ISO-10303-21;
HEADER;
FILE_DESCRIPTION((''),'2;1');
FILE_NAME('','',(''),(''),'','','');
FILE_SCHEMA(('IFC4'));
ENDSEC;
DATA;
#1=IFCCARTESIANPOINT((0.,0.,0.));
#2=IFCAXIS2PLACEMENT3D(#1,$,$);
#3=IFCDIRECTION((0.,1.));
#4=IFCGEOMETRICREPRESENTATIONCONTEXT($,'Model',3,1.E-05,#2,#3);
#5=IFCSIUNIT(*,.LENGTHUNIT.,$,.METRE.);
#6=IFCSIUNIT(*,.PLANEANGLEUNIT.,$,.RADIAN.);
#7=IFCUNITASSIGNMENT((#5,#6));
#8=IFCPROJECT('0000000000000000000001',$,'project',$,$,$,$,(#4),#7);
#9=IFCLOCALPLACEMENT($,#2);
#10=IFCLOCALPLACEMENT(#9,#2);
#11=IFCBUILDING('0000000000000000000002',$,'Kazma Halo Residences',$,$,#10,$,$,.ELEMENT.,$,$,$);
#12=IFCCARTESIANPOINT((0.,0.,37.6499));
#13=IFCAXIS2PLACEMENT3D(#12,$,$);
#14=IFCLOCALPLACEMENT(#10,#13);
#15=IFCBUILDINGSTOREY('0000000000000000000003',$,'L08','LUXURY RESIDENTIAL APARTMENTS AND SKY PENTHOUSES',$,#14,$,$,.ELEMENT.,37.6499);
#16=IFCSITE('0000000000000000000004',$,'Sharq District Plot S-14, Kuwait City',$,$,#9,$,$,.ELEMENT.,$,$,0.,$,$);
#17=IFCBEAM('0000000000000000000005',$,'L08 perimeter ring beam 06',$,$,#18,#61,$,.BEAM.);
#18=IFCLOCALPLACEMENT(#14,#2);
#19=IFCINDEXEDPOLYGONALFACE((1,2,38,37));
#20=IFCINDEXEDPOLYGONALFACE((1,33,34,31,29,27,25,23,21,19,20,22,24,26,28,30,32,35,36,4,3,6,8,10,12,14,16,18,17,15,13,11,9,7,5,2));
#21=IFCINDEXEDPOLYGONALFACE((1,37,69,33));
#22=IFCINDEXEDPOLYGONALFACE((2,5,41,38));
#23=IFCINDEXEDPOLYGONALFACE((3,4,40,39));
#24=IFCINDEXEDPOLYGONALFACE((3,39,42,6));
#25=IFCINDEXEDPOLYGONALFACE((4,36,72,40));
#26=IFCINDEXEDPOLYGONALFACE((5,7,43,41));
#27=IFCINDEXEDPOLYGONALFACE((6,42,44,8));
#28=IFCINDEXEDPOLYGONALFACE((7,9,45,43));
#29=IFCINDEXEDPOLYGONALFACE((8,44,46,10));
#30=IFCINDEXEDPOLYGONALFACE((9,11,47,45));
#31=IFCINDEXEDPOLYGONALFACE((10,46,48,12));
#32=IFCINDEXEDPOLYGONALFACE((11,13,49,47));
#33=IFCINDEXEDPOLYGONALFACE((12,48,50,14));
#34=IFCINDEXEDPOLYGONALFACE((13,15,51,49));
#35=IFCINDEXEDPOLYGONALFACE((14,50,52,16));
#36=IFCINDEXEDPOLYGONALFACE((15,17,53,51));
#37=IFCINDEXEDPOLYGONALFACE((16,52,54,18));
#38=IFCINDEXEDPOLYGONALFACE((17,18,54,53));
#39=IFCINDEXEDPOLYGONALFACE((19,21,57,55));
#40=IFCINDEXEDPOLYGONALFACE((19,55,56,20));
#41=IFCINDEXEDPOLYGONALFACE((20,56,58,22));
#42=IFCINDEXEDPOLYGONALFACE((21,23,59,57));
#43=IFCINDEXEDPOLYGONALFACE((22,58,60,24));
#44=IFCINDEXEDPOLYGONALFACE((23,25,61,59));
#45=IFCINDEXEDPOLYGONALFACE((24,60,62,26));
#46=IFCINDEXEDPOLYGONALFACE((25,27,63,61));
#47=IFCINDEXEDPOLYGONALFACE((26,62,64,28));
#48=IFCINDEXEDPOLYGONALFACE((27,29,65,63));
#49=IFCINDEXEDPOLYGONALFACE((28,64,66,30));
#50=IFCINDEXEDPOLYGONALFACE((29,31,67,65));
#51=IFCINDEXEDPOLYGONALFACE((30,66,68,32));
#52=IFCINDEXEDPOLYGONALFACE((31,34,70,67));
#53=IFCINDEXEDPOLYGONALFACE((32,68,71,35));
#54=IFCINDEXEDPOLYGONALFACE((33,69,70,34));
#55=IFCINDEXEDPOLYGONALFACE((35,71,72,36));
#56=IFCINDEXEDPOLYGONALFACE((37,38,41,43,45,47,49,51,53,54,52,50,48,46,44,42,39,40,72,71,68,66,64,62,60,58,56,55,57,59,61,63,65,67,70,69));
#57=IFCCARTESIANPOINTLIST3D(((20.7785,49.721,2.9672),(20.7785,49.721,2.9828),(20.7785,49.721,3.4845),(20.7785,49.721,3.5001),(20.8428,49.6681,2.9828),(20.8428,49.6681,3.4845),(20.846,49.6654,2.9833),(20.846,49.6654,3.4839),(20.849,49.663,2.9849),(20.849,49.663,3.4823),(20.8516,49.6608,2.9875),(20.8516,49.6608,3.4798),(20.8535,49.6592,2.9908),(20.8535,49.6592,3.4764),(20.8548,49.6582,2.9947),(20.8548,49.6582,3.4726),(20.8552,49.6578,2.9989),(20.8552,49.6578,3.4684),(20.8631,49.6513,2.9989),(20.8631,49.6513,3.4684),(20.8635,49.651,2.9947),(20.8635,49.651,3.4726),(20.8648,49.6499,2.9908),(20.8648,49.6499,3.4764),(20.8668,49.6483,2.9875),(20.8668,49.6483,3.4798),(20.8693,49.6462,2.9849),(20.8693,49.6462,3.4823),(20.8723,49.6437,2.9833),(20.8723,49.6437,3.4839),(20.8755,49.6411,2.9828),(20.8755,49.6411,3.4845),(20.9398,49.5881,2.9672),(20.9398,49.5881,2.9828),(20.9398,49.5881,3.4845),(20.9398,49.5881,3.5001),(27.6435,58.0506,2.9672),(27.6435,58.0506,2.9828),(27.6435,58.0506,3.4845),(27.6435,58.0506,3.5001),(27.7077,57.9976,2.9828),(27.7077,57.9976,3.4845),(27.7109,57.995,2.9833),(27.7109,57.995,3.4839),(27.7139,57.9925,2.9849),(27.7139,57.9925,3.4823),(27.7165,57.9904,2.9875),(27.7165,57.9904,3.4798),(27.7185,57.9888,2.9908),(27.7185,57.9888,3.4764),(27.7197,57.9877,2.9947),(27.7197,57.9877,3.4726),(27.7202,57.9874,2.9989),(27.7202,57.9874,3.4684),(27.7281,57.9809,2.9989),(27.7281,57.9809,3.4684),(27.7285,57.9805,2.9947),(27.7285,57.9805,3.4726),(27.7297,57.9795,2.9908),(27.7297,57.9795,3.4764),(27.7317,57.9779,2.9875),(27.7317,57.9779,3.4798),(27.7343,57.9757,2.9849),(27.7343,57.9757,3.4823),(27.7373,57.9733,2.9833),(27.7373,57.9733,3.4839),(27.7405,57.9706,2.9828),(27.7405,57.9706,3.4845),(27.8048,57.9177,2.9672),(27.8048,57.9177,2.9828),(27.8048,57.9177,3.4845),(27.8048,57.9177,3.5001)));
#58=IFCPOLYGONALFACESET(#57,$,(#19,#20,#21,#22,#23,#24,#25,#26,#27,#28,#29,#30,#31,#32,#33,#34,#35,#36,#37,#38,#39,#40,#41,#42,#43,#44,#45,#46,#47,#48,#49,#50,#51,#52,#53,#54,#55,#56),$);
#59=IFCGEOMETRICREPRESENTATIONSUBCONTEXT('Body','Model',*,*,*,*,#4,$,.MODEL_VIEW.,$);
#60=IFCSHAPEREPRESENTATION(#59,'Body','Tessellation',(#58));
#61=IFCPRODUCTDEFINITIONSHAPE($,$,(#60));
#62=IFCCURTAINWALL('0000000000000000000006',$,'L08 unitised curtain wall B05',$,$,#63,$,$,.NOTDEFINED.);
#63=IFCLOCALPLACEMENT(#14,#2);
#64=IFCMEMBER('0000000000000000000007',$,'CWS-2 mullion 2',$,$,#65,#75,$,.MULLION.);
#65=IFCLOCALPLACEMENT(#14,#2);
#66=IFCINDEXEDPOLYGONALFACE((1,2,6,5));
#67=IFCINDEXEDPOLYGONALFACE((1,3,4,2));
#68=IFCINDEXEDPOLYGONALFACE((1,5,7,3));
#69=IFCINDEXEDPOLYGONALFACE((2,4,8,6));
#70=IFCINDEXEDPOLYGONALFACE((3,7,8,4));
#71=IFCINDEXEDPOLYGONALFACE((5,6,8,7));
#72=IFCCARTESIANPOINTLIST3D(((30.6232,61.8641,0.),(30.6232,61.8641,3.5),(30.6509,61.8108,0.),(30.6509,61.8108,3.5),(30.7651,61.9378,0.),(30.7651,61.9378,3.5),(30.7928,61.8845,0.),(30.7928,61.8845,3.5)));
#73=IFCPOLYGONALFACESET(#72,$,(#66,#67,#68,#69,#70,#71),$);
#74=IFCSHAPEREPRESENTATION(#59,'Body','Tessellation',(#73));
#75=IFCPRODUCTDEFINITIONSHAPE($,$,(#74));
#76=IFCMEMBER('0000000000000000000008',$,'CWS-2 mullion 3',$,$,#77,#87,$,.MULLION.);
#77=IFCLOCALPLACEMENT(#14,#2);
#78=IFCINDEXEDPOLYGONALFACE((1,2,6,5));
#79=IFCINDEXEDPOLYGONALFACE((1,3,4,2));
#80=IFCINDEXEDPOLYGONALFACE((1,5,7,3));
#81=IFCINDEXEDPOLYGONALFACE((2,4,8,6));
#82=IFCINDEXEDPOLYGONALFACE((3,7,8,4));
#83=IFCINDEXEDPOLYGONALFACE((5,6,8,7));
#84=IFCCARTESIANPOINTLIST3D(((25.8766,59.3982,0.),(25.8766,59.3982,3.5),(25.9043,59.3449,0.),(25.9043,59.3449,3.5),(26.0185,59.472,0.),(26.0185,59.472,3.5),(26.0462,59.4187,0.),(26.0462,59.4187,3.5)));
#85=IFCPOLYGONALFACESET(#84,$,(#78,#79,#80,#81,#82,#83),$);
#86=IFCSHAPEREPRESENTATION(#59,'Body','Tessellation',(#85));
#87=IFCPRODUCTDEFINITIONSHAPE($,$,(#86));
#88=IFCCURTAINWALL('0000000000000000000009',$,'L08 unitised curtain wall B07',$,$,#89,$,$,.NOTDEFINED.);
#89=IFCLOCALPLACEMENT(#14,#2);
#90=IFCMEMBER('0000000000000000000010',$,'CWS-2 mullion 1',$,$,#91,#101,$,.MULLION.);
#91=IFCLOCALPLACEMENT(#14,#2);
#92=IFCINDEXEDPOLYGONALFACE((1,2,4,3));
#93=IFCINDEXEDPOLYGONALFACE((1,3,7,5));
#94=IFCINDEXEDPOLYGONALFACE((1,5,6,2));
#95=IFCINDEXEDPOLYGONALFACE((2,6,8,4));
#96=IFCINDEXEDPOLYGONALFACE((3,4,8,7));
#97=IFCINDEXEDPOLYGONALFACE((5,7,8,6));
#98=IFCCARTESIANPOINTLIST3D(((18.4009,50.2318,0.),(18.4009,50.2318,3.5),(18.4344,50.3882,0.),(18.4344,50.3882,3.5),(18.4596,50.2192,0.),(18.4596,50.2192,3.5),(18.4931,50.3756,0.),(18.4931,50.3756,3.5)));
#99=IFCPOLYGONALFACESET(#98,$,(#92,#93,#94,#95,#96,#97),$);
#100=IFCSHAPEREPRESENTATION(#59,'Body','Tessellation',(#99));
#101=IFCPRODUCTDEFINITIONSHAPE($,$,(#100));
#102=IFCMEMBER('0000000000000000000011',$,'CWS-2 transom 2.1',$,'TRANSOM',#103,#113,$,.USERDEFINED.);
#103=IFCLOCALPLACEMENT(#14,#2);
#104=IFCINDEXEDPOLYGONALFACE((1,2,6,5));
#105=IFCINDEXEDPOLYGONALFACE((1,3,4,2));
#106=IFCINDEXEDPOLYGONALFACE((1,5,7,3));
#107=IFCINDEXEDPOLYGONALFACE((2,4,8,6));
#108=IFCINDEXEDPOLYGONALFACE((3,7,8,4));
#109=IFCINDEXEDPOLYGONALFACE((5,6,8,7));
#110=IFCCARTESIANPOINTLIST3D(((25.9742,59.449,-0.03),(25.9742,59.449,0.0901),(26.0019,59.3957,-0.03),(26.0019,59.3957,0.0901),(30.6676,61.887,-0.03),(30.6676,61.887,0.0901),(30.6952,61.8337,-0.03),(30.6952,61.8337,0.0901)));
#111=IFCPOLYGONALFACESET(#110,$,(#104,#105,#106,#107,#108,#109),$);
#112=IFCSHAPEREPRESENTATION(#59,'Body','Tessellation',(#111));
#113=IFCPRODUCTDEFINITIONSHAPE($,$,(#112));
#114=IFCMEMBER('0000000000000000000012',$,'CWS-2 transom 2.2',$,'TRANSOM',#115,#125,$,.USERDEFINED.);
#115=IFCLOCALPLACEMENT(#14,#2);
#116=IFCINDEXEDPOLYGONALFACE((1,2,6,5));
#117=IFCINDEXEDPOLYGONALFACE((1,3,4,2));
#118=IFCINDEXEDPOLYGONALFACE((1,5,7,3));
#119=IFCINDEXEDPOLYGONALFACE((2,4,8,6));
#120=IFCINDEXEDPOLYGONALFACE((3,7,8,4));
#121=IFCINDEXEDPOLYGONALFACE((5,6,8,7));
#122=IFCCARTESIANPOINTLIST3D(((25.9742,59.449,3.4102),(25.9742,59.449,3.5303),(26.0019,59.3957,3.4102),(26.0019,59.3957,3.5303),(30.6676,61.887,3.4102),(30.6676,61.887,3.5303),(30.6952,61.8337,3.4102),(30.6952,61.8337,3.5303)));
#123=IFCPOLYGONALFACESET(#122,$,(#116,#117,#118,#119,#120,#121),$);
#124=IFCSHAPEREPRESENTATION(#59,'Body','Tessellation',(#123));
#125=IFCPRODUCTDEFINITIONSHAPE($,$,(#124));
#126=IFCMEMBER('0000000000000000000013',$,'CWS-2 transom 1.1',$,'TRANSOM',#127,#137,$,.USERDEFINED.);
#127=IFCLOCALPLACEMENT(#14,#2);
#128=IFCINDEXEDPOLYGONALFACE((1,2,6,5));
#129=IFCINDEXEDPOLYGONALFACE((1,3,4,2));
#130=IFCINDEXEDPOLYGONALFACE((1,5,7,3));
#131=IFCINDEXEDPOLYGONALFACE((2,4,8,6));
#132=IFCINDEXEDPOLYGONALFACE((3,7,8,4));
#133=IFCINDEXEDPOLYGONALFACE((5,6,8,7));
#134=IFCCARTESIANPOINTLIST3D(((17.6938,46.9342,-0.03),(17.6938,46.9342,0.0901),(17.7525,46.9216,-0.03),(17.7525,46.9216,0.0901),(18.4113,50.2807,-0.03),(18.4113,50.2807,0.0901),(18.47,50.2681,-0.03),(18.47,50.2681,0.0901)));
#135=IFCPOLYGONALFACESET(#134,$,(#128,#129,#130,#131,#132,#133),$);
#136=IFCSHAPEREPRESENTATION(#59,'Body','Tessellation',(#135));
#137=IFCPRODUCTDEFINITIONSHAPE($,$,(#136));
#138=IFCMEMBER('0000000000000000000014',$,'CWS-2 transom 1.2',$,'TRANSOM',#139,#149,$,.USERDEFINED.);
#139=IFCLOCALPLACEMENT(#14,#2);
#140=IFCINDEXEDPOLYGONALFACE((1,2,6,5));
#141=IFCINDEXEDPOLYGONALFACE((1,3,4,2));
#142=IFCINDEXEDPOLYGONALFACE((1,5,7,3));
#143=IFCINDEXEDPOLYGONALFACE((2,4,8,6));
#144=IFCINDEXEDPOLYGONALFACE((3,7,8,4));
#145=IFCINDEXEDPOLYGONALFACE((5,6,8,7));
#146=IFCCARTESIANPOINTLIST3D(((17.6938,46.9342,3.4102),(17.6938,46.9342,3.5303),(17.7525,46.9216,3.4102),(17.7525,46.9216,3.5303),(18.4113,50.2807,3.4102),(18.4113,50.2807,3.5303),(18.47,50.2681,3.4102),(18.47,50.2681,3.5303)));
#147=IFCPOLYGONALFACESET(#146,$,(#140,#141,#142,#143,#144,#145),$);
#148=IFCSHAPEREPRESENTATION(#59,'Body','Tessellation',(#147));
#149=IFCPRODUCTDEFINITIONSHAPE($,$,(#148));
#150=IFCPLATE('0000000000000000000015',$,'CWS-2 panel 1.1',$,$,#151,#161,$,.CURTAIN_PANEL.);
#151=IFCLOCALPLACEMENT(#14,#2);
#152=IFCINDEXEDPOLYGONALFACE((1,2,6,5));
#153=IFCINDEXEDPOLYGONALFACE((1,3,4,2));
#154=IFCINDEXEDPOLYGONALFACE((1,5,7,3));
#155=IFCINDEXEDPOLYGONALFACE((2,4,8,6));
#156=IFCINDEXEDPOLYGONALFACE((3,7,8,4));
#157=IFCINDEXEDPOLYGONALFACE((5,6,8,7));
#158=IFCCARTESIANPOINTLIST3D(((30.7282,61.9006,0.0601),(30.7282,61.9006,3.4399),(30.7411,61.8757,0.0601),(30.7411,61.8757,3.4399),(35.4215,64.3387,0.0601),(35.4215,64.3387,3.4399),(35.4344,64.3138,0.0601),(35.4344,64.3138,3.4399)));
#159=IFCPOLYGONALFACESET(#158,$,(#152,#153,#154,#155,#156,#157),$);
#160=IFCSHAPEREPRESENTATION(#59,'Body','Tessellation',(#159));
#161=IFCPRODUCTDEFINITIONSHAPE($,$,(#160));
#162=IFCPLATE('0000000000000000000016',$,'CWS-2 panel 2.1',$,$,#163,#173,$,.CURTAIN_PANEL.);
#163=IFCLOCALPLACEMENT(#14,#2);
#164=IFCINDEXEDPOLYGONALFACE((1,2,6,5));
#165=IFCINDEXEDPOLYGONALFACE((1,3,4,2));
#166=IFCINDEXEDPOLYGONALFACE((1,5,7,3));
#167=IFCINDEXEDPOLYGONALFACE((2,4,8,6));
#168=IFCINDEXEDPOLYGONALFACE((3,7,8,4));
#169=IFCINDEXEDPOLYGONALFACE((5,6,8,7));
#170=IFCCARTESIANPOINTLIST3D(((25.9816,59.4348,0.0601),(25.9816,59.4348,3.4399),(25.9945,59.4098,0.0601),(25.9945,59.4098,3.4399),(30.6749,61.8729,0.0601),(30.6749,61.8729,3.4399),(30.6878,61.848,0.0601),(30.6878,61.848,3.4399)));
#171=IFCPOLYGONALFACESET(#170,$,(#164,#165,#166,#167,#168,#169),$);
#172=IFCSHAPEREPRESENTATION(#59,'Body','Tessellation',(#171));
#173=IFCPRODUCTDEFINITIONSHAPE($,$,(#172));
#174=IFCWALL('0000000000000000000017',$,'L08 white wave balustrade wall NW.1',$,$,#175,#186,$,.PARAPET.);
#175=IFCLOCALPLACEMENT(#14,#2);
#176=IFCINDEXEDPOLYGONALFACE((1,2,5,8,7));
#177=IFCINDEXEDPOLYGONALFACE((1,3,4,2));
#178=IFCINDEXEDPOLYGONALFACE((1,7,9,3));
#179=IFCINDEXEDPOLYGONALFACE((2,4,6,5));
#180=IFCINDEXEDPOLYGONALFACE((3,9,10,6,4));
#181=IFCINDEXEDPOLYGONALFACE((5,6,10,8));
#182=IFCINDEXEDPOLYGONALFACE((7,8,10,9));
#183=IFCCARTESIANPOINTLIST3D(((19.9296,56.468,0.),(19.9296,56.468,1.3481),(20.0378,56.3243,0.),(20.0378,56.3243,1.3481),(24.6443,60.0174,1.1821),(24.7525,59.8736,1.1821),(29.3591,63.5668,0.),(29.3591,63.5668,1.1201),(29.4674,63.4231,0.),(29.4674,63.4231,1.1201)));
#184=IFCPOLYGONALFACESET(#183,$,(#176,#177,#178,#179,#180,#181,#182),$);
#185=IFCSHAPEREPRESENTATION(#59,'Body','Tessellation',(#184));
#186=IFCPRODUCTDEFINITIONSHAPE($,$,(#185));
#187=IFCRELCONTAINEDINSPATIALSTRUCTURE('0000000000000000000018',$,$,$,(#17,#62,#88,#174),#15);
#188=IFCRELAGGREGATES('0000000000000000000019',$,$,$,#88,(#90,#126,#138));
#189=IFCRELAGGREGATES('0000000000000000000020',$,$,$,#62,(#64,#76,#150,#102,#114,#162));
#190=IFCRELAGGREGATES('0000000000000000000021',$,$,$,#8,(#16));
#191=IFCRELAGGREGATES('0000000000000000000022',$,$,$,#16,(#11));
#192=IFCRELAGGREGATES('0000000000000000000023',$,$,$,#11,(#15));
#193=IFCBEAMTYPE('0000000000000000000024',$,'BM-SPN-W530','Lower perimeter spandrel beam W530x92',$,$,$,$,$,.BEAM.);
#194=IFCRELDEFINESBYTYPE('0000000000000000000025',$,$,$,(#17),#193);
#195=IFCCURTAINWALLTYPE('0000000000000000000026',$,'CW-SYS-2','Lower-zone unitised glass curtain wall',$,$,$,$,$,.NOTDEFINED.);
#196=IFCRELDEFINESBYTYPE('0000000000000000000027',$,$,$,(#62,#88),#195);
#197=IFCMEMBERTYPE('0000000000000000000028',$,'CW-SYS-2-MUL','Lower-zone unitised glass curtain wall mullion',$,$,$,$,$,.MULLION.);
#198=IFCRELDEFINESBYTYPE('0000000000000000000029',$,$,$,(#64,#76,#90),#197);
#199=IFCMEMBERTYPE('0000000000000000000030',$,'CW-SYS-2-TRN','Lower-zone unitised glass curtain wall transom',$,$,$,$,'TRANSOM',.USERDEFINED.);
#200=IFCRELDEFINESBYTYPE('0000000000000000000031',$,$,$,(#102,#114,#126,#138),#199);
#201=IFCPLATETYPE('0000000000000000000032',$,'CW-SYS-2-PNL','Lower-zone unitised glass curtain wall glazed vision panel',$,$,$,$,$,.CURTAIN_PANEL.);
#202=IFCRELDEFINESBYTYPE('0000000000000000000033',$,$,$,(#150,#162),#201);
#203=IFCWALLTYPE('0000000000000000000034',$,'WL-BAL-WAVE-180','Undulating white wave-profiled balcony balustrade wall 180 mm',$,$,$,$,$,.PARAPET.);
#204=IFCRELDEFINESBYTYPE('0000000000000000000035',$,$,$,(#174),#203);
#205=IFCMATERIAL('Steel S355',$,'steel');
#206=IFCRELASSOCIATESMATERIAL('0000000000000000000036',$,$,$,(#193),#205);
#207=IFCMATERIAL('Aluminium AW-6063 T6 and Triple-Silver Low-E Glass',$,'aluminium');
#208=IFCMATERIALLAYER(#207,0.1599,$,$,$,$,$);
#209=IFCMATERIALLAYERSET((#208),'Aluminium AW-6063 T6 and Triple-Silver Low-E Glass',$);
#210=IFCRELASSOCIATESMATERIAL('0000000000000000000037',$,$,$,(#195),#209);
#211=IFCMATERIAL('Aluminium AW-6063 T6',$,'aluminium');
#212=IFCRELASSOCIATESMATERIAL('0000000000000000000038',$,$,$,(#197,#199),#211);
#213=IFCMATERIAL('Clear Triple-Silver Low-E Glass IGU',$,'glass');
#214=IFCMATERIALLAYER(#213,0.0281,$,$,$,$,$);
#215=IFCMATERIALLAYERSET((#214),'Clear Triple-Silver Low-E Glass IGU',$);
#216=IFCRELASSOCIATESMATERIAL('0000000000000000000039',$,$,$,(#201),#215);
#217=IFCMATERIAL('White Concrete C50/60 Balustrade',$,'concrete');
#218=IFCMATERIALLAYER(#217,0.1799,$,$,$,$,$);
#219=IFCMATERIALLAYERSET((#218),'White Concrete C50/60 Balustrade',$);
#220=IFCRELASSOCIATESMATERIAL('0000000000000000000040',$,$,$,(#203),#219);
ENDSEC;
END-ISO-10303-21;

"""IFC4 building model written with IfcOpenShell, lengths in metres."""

from ifc_helpers import new_model, si_unit, direction, frame, origin, origin_2d, place, context, subcontext, project, spatial, polyline, rectangle, i_section, outline, extrude, material, layer, layer_set, material_profile, profile_set, type_object, element, aggregate, save


model = new_model("IFC4")

# Units and contexts
model_context = context("Model", 3, precision=1e-05, world=origin(), true_north=direction((0.0, 1.0)))
body_context = subcontext(model_context, "Body", "Model", "MODEL_VIEW")
ifc_project = project(units=[si_unit("LENGTHUNIT", "METRE"), si_unit("PLANEANGLEUNIT", "RADIAN")], contexts=[model_context])

# Site, building, storey
site_placement = place(None, origin())
site = spatial("IfcSite", under=ifc_project, at=site_placement, Name="Sharq District Plot S-14, Kuwait City", CompositionType="ELEMENT", RefElevation=0.0)
building_placement = place(site_placement, origin())
building = spatial("IfcBuilding", under=site, at=building_placement, Name="Kazma Halo Residences", CompositionType="ELEMENT")
storey_placement = place(building_placement, frame((0.0, 0.0, 37.6499)))
storey = spatial("IfcBuildingStorey", under=building, at=storey_placement, Name="L08", Description="LUXURY RESIDENTIAL APARTMENTS AND SKY PENTHOUSES", CompositionType="ELEMENT", Elevation=37.6499)

# Beam
ifc_material_1 = material(Name="Steel S355", Category="steel")
ifc_material_profile_1 = material_profile(ifc_material_1, i_section(OverallWidth=0.209, OverallDepth=0.533, WebThickness=0.0103, FlangeThickness=0.0156, FilletRadius=0.0161, at=origin_2d()), Name="W530x92")
ifc_profile_set_1 = profile_set([ifc_material_profile_1], Name="Steel S355")
beam_type_1 = type_object("IfcBeamType", Name="BM-SPN-W530", Description="Lower perimeter spandrel beam W530x92", PredefinedType="BEAM", material=ifc_profile_set_1)
beam_1_placement = place(storey_placement, frame((27.7241, 57.9841, 3.2336), z_axis=(-0.636001, -0.771688, 0.0), x_axis=(0.771688, -0.636001, 0.0)))
element("IfcBeam", 1, at=beam_1_placement, inside=storey, type_object=beam_type_1, Name="L08 perimeter ring beam 06", PredefinedType="BEAM", context=body_context, shape_type="SweptSolid", body=[
    extrude(i_section(OverallWidth=0.209, OverallDepth=0.533, WebThickness=0.0103, FlangeThickness=0.0156, FilletRadius=0.0161, at=origin_2d()), origin(), (0.0, 0.0, 1.0), 10.7939),
])

# Curtain wall, members
ifc_material_2 = material(Name="Aluminium AW-6063 T6 and Triple-Silver Low-E Glass", Category="aluminium")
ifc_layer_1 = layer(ifc_material_2, 0.1599)
ifc_layer_set_1 = layer_set([ifc_layer_1], Name="Aluminium AW-6063 T6 and Triple-Silver Low-E Glass")
curtain_wall_type = type_object("IfcCurtainWallType", Name="CW-SYS-2", Description="Lower-zone unitised glass curtain wall", PredefinedType="NOTDEFINED", material=ifc_layer_set_1)
curtain_wall_1_placement = place(storey_placement, origin())
curtain_wall_1 = element("IfcCurtainWall", 2, at=curtain_wall_1_placement, inside=storey, type_object=curtain_wall_type, Name="L08 unitised curtain wall B05", PredefinedType="NOTDEFINED")
ifc_material_3 = material(Name="Aluminium AW-6063 T6", Category="aluminium")
ifc_material_profile_2 = material_profile(ifc_material_3, rectangle(XDim=0.0601, YDim=0.1599, at=origin_2d()), Name="CWM-60x160")
ifc_profile_set_2 = profile_set([ifc_material_profile_2], Name="Aluminium AW-6063 T6")
member_type_1 = type_object("IfcMemberType", Name="CW-SYS-2-MUL", Description="Lower-zone unitised glass curtain wall mullion", PredefinedType="MULLION", material=ifc_profile_set_2)
member_1_placement = place(storey_placement, frame((30.708, 61.8743, 0.0), z_axis=(0.0, 0.0, 1.0), x_axis=(0.460996, -0.887402, 0.0)))
member_1 = element("IfcMember", 3, at=member_1_placement, type_object=member_type_1, Name="CWS-2 mullion 2", PredefinedType="MULLION", context=body_context, shape_type="SweptSolid", body=[
    extrude(rectangle(XDim=0.0601, YDim=0.1599, at=origin_2d()), origin(), (0.0, 0.0, 1.0), 3.5),
])
member_2_placement = place(storey_placement, frame((25.9614, 59.4084, 0.0), z_axis=(0.0, 0.0, 1.0), x_axis=(0.460996, -0.887402, 0.0)))
member_2 = element("IfcMember", 4, at=member_2_placement, type_object=member_type_1, Name="CWS-2 mullion 3", PredefinedType="MULLION", context=body_context, shape_type="SweptSolid", body=[
    extrude(rectangle(XDim=0.0601, YDim=0.1599, at=origin_2d()), origin(), (0.0, 0.0, 1.0), 3.5),
])

# Curtain wall, member
curtain_wall_2_placement = place(storey_placement, origin())
curtain_wall_2 = element("IfcCurtainWall", 5, at=curtain_wall_2_placement, inside=storey, type_object=curtain_wall_type, Name="L08 unitised curtain wall B07", PredefinedType="NOTDEFINED")
member_3_placement = place(storey_placement, frame((18.447, 50.3037, 0.0), z_axis=(0.0, 0.0, 1.0), x_axis=(0.977779, -0.209637, 0.0)))
member_3 = element("IfcMember", 6, at=member_3_placement, type_object=member_type_1, Name="CWS-2 mullion 1", PredefinedType="MULLION", context=body_context, shape_type="SweptSolid", body=[
    extrude(rectangle(XDim=0.0601, YDim=0.1599, at=origin_2d()), origin(), (0.0, 0.0, 1.0), 3.5),
])

# Members
ifc_material_profile_3 = material_profile(ifc_material_3, rectangle(XDim=0.0601, YDim=0.1201, at=origin_2d()), Name="CWT-60x120")
ifc_profile_set_3 = profile_set([ifc_material_profile_3], Name="Aluminium AW-6063 T6")
member_type_2 = type_object("IfcMemberType", Name="CW-SYS-2-TRN", Description="Lower-zone unitised glass curtain wall transom", ElementType="TRANSOM", PredefinedType="USERDEFINED", material=ifc_profile_set_3)
member_4_placement = place(storey_placement, frame((30.6814, 61.8604, 0.03), z_axis=(-0.887415, -0.460972, 0.0), x_axis=(0.460972, -0.887415, 0.0)))
member_4 = element("IfcMember", 7, at=member_4_placement, type_object=member_type_2, Name="CWS-2 transom 2.1", ObjectType="TRANSOM", PredefinedType="USERDEFINED", context=body_context, shape_type="SweptSolid", body=[
    extrude(rectangle(XDim=0.0601, YDim=0.1201, at=origin_2d()), origin(), (0.0, 0.0, 1.0), 5.2888),
])
member_5_placement = place(storey_placement, frame((30.6814, 61.8604, 3.4702), z_axis=(-0.887415, -0.460972, 0.0), x_axis=(0.460972, -0.887415, 0.0)))
member_5 = element("IfcMember", 8, at=member_5_placement, type_object=member_type_2, Name="CWS-2 transom 2.2", ObjectType="TRANSOM", PredefinedType="USERDEFINED", context=body_context, shape_type="SweptSolid", body=[
    extrude(rectangle(XDim=0.0601, YDim=0.1201, at=origin_2d()), origin(), (0.0, 0.0, 1.0), 5.2888),
])
member_6_placement = place(storey_placement, frame((18.4407, 50.2744, 0.03), z_axis=(-0.209651, -0.977776, 0.0), x_axis=(0.977776, -0.209651, 0.0)))
member_6 = element("IfcMember", 9, at=member_6_placement, type_object=member_type_2, Name="CWS-2 transom 1.1", ObjectType="TRANSOM", PredefinedType="USERDEFINED", context=body_context, shape_type="SweptSolid", body=[
    extrude(rectangle(XDim=0.0601, YDim=0.1201, at=origin_2d()), origin(), (0.0, 0.0, 1.0), 3.4226),
])
member_7_placement = place(storey_placement, frame((18.4407, 50.2744, 3.4702), z_axis=(-0.209651, -0.977776, 0.0), x_axis=(0.977776, -0.209651, 0.0)))
member_7 = element("IfcMember", 10, at=member_7_placement, type_object=member_type_2, Name="CWS-2 transom 1.2", ObjectType="TRANSOM", PredefinedType="USERDEFINED", context=body_context, shape_type="SweptSolid", body=[
    extrude(rectangle(XDim=0.0601, YDim=0.1201, at=origin_2d()), origin(), (0.0, 0.0, 1.0), 3.4226),
])
aggregate(curtain_wall_2, [member_3, member_6, member_7])

# Plates
ifc_material_4 = material(Name="Clear Triple-Silver Low-E Glass IGU", Category="glass")
ifc_layer_2 = layer(ifc_material_4, 0.0281)
ifc_layer_set_2 = layer_set([ifc_layer_2], Name="Clear Triple-Silver Low-E Glass IGU")
plate_type = type_object("IfcPlateType", Name="CW-SYS-2-PNL", Description="Lower-zone unitised glass curtain wall glazed vision panel", PredefinedType="CURTAIN_PANEL", material=ifc_layer_set_2)
plate_1_placement = place(storey_placement, frame((33.0813, 63.1072, 0.0601), z_axis=(0.0, 0.0, 1.0), x_axis=(-0.887402, -0.460996, 0.0)))
plate_1 = element("IfcPlate", 11, at=plate_1_placement, type_object=plate_type, Name="CWS-2 panel 1.1", PredefinedType="CURTAIN_PANEL", context=body_context, shape_type="SweptSolid", body=[
    extrude(rectangle(XDim=5.2888, YDim=0.0281, at=origin_2d()), origin(), (0.0, 0.0, 1.0), 3.3799),
])
plate_2_placement = place(storey_placement, frame((28.3347, 60.6414, 0.0601), z_axis=(0.0, 0.0, 1.0), x_axis=(-0.887402, -0.460996, 0.0)))
plate_2 = element("IfcPlate", 12, at=plate_2_placement, type_object=plate_type, Name="CWS-2 panel 2.1", PredefinedType="CURTAIN_PANEL", context=body_context, shape_type="SweptSolid", body=[
    extrude(rectangle(XDim=5.2888, YDim=0.0281, at=origin_2d()), origin(), (0.0, 0.0, 1.0), 3.3799),
])
aggregate(curtain_wall_1, [member_1, member_2, plate_1, member_4, member_5, plate_2])

# Wall
ifc_material_5 = material(Name="White Concrete C50/60 Balustrade", Category="concrete")
ifc_layer_3 = layer(ifc_material_5, 0.1799)
ifc_layer_set_3 = layer_set([ifc_layer_3], Name="White Concrete C50/60 Balustrade")
wall_type_1 = type_object("IfcWallType", Name="WL-BAL-WAVE-180", Description="Undulating white wave-profiled balcony balustrade wall 180 mm", PredefinedType="PARAPET", material=ifc_layer_set_3)
wall_1_placement = place(storey_placement, frame((29.4133, 63.4949, 0.0), z_axis=(0.0, 0.0, 1.0), x_axis=(-0.798916, -0.601442, 0.0)))
element("IfcWall", 13, at=wall_1_placement, inside=storey, type_object=wall_type_1, Name="L08 white wave balustrade wall NW.1", PredefinedType="PARAPET", context=body_context, shape_type="SweptSolid", body=[
    extrude(outline(polyline([(0.0, 0.0), (11.803, 0.0), (11.803, 1.3481), (5.9016, 1.1821), (0.0, 1.1201), (0.0, 0.0)])), frame((0.0, 0.0898, 0.0), z_axis=(0.0, -1.0, 0.0), x_axis=(1.0, 0.0, 0.0)), (0.0, 0.0, 1.0), 0.1799),
])

save(model, "model.ifc")
